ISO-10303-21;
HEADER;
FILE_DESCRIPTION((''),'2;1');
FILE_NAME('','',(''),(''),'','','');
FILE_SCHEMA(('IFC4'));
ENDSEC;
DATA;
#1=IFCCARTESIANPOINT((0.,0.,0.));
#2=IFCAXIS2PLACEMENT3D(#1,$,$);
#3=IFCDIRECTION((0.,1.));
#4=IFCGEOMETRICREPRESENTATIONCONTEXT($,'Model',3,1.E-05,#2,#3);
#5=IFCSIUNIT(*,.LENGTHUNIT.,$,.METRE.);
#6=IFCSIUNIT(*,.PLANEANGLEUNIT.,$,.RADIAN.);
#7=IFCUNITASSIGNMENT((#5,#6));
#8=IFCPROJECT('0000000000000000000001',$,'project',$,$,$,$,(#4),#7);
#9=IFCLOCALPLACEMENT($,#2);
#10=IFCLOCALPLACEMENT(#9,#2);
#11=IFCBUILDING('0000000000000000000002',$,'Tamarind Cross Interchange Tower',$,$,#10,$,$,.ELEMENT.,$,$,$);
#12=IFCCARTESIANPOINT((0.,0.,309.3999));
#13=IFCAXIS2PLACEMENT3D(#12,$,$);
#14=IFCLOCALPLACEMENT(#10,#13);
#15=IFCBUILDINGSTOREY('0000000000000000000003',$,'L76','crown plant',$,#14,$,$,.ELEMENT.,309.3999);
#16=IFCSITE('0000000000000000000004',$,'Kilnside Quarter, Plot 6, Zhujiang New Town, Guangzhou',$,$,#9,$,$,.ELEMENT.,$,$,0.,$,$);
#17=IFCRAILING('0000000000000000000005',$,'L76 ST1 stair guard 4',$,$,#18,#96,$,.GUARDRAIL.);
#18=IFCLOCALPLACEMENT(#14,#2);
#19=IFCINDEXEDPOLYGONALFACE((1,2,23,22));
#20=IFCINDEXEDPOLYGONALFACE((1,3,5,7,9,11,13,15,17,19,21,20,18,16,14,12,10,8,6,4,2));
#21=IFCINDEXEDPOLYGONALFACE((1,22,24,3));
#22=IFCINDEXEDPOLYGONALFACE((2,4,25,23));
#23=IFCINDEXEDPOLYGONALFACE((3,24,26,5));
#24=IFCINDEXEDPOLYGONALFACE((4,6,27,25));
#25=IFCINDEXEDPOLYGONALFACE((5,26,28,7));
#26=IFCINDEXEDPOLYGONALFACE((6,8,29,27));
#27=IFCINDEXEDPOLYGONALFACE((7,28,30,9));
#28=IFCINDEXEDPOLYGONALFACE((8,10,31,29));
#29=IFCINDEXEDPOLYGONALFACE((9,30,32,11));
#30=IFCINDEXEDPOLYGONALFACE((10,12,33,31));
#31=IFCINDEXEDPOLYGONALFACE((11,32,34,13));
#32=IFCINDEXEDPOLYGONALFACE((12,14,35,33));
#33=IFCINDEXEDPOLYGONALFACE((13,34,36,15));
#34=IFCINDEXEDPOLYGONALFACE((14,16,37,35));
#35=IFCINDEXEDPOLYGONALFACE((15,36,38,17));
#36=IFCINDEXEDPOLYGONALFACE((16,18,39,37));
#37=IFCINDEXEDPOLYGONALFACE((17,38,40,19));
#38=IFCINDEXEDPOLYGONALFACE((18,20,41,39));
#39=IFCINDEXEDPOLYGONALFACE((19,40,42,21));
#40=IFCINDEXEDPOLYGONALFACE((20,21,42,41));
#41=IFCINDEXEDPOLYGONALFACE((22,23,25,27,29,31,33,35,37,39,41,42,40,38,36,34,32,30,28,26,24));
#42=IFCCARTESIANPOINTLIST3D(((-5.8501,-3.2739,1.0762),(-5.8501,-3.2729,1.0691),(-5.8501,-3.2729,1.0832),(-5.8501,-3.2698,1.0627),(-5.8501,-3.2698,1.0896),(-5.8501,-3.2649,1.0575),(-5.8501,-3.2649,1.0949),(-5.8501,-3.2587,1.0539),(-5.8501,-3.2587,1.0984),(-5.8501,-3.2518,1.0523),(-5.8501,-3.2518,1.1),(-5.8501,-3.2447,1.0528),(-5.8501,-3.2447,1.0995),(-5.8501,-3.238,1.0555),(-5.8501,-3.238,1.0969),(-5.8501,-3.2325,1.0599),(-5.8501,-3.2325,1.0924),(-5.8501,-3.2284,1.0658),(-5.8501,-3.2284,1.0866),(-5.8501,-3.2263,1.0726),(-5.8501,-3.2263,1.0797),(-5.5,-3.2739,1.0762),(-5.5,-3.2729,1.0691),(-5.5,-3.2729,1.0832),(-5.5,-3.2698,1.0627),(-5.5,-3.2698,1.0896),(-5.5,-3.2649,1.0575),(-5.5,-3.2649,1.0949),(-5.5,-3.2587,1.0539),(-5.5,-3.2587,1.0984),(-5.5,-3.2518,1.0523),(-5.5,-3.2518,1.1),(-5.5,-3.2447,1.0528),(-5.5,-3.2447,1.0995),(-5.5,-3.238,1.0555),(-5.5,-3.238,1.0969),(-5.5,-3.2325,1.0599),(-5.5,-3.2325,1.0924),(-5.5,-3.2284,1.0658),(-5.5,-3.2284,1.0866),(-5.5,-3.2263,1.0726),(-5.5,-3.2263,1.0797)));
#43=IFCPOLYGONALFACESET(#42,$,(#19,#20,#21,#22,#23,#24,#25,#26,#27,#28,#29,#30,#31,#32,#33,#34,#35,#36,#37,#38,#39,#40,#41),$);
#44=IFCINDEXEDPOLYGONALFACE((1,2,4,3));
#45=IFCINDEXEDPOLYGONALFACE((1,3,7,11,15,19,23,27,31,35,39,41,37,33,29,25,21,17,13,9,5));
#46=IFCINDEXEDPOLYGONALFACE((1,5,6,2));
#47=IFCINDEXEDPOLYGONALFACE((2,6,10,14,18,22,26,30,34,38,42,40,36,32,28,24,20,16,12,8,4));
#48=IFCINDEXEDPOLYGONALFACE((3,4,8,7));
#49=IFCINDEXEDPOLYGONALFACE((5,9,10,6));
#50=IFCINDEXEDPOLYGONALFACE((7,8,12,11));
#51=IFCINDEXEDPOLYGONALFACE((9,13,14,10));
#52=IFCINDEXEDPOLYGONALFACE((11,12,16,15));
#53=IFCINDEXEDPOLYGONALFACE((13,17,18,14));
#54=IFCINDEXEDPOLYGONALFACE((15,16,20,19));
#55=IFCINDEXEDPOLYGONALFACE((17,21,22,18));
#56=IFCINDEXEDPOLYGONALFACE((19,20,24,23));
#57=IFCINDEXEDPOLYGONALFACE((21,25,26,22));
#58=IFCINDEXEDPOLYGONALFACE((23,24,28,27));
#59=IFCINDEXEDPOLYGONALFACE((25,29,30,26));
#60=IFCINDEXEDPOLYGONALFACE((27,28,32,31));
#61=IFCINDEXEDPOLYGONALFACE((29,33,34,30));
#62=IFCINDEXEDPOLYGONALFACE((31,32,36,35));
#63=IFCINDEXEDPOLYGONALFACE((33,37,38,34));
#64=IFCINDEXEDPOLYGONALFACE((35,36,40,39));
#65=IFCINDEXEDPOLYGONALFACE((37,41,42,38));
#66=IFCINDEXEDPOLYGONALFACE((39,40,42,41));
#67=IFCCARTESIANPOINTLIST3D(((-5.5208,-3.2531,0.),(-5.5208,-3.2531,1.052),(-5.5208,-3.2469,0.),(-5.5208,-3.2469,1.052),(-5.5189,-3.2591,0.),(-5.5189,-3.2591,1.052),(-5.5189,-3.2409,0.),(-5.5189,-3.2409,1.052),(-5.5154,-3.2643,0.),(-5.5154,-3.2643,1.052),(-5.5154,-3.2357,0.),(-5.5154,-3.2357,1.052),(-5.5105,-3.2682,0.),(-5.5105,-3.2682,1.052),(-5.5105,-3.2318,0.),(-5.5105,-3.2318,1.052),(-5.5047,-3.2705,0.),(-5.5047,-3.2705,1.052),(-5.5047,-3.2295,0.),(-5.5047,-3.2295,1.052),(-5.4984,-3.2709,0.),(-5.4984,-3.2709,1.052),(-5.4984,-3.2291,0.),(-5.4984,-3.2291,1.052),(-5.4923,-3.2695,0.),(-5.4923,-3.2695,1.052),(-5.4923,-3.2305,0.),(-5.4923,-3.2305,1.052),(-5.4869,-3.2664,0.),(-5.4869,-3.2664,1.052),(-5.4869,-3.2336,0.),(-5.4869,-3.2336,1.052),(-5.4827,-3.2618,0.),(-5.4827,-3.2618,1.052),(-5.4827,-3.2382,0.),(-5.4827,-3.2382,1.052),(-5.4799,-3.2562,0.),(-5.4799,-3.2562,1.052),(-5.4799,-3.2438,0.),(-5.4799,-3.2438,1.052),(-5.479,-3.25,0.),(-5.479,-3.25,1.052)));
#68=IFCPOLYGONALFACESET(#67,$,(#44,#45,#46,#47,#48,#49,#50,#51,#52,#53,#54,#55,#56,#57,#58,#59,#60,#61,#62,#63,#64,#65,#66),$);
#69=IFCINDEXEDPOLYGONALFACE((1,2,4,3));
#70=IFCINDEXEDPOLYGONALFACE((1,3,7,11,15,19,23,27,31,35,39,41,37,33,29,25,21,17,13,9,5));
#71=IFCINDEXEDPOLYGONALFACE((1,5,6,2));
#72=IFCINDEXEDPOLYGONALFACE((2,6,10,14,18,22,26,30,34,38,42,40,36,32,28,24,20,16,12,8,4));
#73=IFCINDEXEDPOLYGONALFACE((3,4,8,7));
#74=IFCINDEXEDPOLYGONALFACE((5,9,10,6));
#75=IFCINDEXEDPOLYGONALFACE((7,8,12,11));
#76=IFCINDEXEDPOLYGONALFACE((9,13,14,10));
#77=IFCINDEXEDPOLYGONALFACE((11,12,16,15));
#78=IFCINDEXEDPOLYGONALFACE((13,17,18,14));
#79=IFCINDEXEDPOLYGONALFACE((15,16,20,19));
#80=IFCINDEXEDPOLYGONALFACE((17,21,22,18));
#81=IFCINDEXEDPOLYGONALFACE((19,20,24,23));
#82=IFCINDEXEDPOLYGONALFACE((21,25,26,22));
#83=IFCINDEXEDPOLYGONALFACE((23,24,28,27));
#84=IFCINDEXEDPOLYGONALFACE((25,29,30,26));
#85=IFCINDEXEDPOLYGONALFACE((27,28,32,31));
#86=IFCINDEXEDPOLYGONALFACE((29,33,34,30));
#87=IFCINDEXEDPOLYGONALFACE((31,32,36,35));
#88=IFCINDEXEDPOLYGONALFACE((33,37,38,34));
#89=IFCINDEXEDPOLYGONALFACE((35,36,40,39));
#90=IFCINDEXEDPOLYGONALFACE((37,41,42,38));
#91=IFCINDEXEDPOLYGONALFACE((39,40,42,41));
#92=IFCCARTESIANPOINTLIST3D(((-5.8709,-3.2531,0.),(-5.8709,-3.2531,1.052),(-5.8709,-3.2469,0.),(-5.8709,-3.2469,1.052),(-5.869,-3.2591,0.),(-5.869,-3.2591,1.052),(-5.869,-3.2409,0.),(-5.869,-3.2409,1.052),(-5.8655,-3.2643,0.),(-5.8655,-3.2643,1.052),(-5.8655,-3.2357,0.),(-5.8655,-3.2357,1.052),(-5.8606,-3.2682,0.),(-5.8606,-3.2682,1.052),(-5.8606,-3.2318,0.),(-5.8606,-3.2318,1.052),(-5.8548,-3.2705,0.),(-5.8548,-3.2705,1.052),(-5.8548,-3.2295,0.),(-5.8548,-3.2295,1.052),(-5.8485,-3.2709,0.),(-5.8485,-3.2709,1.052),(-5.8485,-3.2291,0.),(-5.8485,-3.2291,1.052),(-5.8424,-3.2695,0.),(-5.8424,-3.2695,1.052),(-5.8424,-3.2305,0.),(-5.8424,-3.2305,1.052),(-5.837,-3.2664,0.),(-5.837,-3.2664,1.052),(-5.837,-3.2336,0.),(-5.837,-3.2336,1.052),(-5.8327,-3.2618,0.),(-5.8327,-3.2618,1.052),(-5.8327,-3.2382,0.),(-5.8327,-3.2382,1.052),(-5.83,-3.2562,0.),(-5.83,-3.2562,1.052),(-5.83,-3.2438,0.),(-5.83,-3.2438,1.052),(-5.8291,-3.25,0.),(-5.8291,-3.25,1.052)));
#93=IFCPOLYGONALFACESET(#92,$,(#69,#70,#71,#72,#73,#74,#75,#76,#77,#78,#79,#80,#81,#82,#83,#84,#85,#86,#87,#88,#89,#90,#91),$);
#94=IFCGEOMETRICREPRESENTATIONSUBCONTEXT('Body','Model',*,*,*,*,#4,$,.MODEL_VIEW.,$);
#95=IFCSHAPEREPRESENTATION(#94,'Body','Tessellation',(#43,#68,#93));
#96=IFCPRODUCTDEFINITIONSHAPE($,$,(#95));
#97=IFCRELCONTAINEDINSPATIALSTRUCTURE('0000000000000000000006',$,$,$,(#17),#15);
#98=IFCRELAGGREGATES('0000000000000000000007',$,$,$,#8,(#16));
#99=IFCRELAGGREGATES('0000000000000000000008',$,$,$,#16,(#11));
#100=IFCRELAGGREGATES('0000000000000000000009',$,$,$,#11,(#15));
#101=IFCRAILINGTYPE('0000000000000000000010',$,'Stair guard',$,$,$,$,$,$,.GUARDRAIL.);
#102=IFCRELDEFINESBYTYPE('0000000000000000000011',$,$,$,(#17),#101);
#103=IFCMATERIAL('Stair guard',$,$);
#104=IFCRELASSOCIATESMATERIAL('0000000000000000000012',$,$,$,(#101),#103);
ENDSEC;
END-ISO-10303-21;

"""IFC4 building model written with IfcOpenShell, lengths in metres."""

from ifc_helpers import new_model, si_unit, direction, frame, origin, origin_2d, place, context, subcontext, project, spatial, circle, extrude, material, type_object, element, save


model = new_model("IFC4")

# Units and contexts
model_context = context("Model", 3, precision=1e-05, world=origin(), true_north=direction((0.0, 1.0)))
body_context = subcontext(model_context, "Body", "Model", "MODEL_VIEW")
ifc_project = project(units=[si_unit("LENGTHUNIT", "METRE"), si_unit("PLANEANGLEUNIT", "RADIAN")], contexts=[model_context])

# Site, building, storey
site_placement = place(None, origin())
site = spatial("IfcSite", under=ifc_project, at=site_placement, Name="Kilnside Quarter, Plot 6, Zhujiang New Town, Guangzhou", CompositionType="ELEMENT", RefElevation=0.0)
building_placement = place(site_placement, origin())
building = spatial("IfcBuilding", under=site, at=building_placement, Name="Tamarind Cross Interchange Tower", CompositionType="ELEMENT")
storey_placement = place(building_placement, frame((0.0, 0.0, 309.3999)))
storey = spatial("IfcBuildingStorey", under=building, at=storey_placement, Name="L76", Description="crown plant", CompositionType="ELEMENT", Elevation=309.3999)

# Railing
ifc_material_1 = material(Name="Stair guard")
railing_type_1 = type_object("IfcRailingType", Name="Stair guard", PredefinedType="GUARDRAIL", material=ifc_material_1)
railing_1_placement = place(storey_placement, frame((-5.5, -3.25, 0.0)))
element("IfcRailing", 1, at=railing_1_placement, inside=storey, type_object=railing_type_1, Name="L76 ST1 stair guard 4", PredefinedType="GUARDRAIL", context=body_context, shape_type="SweptSolid", body=[
    extrude(circle(Radius=0.0239, at=origin_2d()), frame((0.0, 0.0, 1.0762), z_axis=(-1.0, 0.0, 0.0), x_axis=(0.0, -1.0, 0.0)), (0.0, 0.0, 1.0), 0.3501),
    extrude(circle(Radius=0.021, at=origin_2d()), origin(), (0.0, 0.0, 1.0), 1.052),
    extrude(circle(Radius=0.021, at=origin_2d()), frame((-0.3501, 0.0, 0.0)), (0.0, 0.0, 1.0), 1.052),
])

save(model, "model.ifc")
